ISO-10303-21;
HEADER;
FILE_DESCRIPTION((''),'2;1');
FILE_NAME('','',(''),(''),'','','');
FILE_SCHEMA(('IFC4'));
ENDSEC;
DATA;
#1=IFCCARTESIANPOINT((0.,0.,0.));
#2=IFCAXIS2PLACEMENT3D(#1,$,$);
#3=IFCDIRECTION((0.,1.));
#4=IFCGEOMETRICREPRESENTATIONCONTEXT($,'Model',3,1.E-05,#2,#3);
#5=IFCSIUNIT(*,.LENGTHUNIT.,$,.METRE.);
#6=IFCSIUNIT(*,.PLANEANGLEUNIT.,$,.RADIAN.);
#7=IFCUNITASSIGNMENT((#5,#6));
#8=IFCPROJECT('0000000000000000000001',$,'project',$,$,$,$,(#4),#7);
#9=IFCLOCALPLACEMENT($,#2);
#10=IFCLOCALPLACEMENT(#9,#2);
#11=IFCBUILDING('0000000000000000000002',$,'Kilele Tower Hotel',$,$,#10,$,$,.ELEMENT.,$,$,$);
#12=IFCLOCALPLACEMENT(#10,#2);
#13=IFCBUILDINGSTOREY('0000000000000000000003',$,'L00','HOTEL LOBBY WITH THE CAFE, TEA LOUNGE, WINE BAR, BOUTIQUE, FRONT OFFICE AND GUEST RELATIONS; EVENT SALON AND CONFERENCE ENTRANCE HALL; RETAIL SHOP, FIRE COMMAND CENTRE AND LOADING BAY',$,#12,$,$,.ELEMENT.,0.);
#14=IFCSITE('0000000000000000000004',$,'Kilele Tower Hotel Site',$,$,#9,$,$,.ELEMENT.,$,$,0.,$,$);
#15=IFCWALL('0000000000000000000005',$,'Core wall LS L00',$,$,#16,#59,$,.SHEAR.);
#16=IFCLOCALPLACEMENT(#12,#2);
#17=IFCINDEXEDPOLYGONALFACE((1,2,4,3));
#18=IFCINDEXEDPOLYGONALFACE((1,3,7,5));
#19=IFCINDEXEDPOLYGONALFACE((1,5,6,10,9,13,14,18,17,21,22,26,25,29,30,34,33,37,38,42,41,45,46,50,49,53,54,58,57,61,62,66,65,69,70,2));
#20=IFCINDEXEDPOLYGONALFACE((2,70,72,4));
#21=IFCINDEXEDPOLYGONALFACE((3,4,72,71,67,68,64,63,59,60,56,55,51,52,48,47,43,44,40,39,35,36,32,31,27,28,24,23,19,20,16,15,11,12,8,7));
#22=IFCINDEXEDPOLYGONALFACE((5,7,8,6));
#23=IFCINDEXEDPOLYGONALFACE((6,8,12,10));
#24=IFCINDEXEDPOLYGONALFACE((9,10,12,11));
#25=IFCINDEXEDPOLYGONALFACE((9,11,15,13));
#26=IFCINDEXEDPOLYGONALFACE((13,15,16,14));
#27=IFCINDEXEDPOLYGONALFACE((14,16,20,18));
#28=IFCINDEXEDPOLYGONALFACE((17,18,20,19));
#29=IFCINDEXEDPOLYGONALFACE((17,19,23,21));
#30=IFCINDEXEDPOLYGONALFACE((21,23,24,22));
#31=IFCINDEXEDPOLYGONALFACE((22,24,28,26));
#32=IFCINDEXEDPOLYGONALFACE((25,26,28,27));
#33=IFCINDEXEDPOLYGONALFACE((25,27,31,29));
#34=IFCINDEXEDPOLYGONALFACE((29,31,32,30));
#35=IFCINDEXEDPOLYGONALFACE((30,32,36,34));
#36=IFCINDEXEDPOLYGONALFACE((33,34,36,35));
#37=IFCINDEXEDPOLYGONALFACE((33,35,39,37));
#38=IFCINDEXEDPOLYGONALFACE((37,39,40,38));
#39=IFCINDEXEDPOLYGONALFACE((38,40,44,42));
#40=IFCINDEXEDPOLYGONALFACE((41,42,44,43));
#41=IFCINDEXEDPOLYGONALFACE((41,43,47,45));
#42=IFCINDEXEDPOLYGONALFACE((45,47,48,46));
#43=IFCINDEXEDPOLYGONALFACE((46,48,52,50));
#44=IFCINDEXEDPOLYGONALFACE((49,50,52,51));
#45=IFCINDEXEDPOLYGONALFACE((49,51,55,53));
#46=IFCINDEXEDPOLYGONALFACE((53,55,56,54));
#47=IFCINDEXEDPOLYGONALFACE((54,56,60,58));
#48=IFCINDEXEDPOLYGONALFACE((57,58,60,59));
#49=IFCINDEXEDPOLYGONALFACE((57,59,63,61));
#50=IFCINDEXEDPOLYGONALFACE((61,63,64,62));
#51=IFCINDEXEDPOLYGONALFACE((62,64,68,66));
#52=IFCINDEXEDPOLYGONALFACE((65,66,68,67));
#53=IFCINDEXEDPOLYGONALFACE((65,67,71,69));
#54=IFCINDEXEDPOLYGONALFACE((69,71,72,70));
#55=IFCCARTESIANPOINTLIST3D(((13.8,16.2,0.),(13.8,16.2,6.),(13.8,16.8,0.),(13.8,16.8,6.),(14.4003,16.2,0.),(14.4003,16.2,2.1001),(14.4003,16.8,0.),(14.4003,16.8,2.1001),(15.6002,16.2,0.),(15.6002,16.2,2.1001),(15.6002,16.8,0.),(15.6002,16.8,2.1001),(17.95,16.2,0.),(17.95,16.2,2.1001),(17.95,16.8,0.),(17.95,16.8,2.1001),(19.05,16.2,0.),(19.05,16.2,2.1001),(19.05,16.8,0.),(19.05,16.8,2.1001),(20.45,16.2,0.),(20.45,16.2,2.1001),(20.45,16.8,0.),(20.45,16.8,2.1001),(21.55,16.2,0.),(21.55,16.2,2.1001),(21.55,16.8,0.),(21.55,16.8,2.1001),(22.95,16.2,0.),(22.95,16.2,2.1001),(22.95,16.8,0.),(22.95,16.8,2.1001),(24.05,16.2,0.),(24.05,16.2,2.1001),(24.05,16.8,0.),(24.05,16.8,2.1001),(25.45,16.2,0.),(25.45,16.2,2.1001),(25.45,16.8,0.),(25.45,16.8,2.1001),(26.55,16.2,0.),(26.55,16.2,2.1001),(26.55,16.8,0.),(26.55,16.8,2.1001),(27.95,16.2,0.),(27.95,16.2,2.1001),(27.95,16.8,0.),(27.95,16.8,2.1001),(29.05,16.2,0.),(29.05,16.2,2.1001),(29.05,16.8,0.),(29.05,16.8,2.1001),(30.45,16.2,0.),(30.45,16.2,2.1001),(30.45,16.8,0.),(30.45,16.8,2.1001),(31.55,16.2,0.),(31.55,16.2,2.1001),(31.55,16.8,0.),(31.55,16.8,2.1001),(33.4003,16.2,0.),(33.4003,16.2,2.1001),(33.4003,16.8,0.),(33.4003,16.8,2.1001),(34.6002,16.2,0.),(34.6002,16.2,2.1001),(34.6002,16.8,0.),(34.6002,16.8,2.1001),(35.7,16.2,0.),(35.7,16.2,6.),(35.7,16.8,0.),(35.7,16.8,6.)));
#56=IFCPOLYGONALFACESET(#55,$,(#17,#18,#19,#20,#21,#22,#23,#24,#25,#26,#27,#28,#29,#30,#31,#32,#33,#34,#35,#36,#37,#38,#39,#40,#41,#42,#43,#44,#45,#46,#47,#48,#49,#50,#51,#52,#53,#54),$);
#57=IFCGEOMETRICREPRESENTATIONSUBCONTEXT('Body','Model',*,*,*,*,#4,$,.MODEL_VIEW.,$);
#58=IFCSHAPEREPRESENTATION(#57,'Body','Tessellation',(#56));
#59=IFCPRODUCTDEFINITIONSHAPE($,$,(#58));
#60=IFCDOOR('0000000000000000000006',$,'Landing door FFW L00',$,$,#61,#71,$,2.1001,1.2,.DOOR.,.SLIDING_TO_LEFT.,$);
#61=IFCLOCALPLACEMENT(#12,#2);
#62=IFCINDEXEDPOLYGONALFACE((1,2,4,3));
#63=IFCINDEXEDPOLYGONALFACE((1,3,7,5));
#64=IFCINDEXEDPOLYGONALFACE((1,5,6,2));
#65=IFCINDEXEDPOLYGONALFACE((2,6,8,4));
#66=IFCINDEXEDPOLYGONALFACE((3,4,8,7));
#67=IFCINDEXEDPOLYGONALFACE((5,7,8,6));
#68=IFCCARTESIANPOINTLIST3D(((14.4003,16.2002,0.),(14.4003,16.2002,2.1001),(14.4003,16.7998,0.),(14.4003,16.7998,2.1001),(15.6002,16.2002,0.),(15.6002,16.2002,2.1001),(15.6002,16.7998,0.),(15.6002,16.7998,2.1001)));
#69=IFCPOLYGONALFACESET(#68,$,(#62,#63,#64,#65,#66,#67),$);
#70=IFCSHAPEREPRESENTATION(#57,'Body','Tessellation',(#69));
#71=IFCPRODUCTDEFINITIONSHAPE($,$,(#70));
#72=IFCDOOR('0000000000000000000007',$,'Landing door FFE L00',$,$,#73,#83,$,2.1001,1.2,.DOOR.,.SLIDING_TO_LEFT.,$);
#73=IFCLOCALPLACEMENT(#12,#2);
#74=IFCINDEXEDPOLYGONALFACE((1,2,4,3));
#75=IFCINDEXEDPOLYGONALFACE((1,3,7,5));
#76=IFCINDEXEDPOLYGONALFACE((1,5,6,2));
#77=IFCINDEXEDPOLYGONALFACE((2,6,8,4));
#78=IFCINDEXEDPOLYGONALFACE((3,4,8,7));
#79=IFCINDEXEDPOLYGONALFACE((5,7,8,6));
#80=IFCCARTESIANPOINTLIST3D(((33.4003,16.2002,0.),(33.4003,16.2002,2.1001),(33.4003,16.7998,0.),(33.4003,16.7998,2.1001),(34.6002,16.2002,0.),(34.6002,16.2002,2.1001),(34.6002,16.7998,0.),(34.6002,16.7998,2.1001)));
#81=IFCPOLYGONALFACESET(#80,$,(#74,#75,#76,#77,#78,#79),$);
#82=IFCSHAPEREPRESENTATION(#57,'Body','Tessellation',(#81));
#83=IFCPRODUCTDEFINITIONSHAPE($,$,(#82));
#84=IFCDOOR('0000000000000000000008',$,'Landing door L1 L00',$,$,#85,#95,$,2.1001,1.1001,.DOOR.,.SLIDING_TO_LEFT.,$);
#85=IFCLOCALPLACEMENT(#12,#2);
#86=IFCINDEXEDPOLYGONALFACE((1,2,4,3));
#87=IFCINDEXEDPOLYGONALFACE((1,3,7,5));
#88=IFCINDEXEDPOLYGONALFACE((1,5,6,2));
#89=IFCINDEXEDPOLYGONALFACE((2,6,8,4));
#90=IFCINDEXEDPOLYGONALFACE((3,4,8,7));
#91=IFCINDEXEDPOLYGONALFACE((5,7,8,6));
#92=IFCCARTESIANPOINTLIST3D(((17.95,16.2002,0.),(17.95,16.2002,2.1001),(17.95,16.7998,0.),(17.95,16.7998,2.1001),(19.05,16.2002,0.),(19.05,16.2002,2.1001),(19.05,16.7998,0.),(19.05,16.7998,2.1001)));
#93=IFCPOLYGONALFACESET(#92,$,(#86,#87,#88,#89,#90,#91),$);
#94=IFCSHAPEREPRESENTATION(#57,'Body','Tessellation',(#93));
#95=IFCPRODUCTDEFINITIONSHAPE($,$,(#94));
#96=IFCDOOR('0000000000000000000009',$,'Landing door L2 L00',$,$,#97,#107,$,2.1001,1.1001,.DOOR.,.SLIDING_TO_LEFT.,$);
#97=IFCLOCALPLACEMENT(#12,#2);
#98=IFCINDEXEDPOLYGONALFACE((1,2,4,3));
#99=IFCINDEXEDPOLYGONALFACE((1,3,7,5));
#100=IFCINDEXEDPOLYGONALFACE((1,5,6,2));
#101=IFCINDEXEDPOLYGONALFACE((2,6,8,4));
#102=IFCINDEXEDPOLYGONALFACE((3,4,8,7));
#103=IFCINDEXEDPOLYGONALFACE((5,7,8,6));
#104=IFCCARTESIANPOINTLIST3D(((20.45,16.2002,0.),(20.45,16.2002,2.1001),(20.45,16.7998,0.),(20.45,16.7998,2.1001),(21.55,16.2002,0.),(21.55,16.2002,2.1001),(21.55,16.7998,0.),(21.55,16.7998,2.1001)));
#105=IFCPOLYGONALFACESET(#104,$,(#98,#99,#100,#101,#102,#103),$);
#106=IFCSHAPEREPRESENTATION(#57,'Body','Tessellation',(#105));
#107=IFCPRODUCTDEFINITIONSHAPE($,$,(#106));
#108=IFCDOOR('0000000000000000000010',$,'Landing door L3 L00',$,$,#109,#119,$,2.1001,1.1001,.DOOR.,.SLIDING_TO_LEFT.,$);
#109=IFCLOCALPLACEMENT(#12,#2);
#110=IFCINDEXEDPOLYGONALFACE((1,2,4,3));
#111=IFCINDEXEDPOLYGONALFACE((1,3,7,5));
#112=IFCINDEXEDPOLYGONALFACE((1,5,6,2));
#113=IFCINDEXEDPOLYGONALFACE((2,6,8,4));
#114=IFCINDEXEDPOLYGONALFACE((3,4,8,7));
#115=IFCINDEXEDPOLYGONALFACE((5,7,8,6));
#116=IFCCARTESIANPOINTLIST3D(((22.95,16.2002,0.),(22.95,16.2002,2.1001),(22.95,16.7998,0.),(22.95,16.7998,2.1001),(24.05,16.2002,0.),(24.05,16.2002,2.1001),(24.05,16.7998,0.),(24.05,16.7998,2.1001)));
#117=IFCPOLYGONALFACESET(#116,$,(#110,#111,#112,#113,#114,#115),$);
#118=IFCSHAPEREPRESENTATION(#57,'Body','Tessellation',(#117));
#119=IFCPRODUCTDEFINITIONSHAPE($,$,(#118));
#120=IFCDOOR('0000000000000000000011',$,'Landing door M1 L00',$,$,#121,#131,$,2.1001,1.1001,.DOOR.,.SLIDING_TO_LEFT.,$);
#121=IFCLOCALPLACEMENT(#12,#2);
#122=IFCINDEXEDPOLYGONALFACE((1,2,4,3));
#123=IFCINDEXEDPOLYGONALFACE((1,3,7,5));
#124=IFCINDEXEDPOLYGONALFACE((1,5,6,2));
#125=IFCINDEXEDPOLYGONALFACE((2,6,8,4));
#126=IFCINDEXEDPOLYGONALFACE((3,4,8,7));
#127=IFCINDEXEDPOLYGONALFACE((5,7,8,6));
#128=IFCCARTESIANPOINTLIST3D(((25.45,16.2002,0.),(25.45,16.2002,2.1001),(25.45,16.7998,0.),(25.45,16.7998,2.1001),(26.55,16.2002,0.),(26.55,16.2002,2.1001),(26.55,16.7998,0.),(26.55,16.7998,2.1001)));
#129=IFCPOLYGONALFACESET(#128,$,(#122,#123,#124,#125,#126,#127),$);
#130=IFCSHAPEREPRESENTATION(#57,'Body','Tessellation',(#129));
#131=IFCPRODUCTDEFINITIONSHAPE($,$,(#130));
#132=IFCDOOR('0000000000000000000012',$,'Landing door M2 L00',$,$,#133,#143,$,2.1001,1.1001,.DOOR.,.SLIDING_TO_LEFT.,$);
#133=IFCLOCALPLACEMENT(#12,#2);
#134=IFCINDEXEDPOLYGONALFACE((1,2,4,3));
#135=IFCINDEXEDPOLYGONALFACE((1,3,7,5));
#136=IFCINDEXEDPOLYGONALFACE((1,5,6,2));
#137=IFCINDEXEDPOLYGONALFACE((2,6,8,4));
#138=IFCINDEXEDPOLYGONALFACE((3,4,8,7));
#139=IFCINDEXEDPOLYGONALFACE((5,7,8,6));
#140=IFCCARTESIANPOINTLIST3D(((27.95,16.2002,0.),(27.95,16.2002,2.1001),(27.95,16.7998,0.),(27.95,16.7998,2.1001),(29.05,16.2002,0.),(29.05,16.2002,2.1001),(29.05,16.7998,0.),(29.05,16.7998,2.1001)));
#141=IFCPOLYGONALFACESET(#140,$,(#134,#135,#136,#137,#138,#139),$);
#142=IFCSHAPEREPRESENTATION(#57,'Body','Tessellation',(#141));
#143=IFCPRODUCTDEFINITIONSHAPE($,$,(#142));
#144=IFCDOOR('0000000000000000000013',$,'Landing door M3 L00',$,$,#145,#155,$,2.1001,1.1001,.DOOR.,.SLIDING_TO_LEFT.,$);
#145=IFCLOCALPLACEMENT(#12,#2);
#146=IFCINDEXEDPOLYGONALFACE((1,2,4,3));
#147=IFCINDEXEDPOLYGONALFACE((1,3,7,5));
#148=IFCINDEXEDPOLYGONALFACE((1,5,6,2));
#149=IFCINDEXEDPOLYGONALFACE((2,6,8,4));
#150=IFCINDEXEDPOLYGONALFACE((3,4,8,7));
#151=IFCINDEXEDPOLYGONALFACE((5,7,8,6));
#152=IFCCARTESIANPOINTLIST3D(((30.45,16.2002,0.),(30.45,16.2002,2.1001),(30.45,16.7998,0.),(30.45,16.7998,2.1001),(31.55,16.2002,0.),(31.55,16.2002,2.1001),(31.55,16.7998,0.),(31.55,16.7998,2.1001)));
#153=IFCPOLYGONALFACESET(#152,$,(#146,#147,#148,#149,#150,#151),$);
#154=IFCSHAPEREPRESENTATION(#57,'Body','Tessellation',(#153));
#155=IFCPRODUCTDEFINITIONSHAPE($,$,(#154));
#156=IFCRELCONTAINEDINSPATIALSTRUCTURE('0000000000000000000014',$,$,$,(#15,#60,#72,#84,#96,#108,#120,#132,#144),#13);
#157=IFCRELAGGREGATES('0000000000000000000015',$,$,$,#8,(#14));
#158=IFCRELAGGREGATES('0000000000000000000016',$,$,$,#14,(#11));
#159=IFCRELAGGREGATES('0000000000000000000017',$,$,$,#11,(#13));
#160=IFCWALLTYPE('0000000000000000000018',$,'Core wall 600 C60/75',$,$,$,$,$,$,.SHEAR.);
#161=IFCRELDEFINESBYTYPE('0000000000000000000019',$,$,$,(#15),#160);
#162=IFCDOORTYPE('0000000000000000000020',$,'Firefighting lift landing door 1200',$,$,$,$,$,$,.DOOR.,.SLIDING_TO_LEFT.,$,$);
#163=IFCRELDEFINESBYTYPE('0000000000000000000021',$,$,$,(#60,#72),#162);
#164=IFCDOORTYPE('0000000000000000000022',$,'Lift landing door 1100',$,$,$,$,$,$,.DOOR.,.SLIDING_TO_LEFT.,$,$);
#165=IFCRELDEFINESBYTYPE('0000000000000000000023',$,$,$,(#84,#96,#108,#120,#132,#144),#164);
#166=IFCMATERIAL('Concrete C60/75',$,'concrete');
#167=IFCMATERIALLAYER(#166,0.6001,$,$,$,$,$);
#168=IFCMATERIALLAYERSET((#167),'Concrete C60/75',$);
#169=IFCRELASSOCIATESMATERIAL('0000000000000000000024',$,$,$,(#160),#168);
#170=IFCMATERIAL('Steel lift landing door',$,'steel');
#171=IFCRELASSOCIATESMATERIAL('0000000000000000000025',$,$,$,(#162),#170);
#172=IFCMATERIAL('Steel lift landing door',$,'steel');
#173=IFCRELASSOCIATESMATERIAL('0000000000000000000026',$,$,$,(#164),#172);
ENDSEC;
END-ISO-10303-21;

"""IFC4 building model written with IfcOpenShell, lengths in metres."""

from ifc_helpers import new_model, si_unit, direction, frame, frame_2d, origin, place, context, subcontext, project, spatial, rectangle, extrude, material, layer, layer_set, type_object, element, fill, save


model = new_model("IFC4")

# Units and contexts
model_context = context("Model", 3, precision=1e-05, world=origin(), true_north=direction((0.0, 1.0)))
body_context = subcontext(model_context, "Body", "Model", "MODEL_VIEW")
ifc_project = project(units=[si_unit("LENGTHUNIT", "METRE"), si_unit("PLANEANGLEUNIT", "RADIAN")], contexts=[model_context])

# Site, building, storey
site_placement = place(None, origin())
site = spatial("IfcSite", under=ifc_project, at=site_placement, Name="Kilele Tower Hotel Site", CompositionType="ELEMENT", RefElevation=0.0)
building_placement = place(site_placement, origin())
building = spatial("IfcBuilding", under=site, at=building_placement, Name="Kilele Tower Hotel", CompositionType="ELEMENT")
storey_placement = place(building_placement, origin())
storey = spatial("IfcBuildingStorey", under=building, at=storey_placement, Name="L00", Description="HOTEL LOBBY WITH THE CAFE, TEA LOUNGE, WINE BAR, BOUTIQUE, FRONT OFFICE AND GUEST RELATIONS; EVENT SALON AND CONFERENCE ENTRANCE HALL; RETAIL SHOP, FIRE COMMAND CENTRE AND LOADING BAY", CompositionType="ELEMENT", Elevation=0.0)

# Shared definitions
ifc_material_1 = material(Name="Concrete C60/75", Category="concrete")
ifc_layer_1 = layer(ifc_material_1, 0.6001)
ifc_layer_set_1 = layer_set([ifc_layer_1], Name="Concrete C60/75")
wall_type_1 = type_object("IfcWallType", Name="Core wall 600 C60/75", PredefinedType="SHEAR", material=ifc_layer_set_1)

# Wall, openings, doors
wall_1_placement = place(storey_placement, frame((13.8, 16.5, 0.0), z_axis=(0.0, 0.0, 1.0), x_axis=(1.0, 0.0, 0.0)))
wall_1 = element("IfcWall", 1, at=wall_1_placement, inside=storey, type_object=wall_type_1, Name="Core wall LS L00", PredefinedType="SHEAR", context=body_context, shape_type="SweptSolid", body=[
    extrude(rectangle(XDim=21.8999, YDim=0.6001, at=frame_2d((10.95, 0.0))), origin(), (0.0, 0.0, 1.0), 6.0),
])
opening_1_placement = place(wall_1_placement, frame((4.1499, 0.0, 0.0)))
opening_1 = element("IfcOpeningElement", 2, at=opening_1_placement, cuts=wall_1, PredefinedType="OPENING", context=body_context, shape_type="SweptSolid", body=[
    extrude(rectangle(XDim=1.1001, YDim=2.1001, at=frame_2d((0.55, 1.05))), frame((0.0, 0.3101, 0.0), z_axis=(0.0, -1.0, 0.0), x_axis=(1.0, 0.0, 0.0)), (0.0, 0.0, 1.0), 0.6201),
])
opening_2_placement = place(wall_1_placement, frame((6.6499, 0.0, 0.0)))
opening_2 = element("IfcOpeningElement", 3, at=opening_2_placement, cuts=wall_1, PredefinedType="OPENING", context=body_context, shape_type="SweptSolid", body=[
    extrude(rectangle(XDim=1.1001, YDim=2.1001, at=frame_2d((0.55, 1.05))), frame((0.0, 0.3101, 0.0), z_axis=(0.0, -1.0, 0.0), x_axis=(1.0, 0.0, 0.0)), (0.0, 0.0, 1.0), 0.6201),
])
opening_3_placement = place(wall_1_placement, frame((9.1499, 0.0, 0.0)))
opening_3 = element("IfcOpeningElement", 4, at=opening_3_placement, cuts=wall_1, PredefinedType="OPENING", context=body_context, shape_type="SweptSolid", body=[
    extrude(rectangle(XDim=1.1001, YDim=2.1001, at=frame_2d((0.55, 1.05))), frame((0.0, 0.3101, 0.0), z_axis=(0.0, -1.0, 0.0), x_axis=(1.0, 0.0, 0.0)), (0.0, 0.0, 1.0), 0.6201),
])
opening_4_placement = place(wall_1_placement, frame((11.6499, 0.0, 0.0)))
opening_4 = element("IfcOpeningElement", 5, at=opening_4_placement, cuts=wall_1, PredefinedType="OPENING", context=body_context, shape_type="SweptSolid", body=[
    extrude(rectangle(XDim=1.1001, YDim=2.1001, at=frame_2d((0.55, 1.05))), frame((0.0, 0.3101, 0.0), z_axis=(0.0, -1.0, 0.0), x_axis=(1.0, 0.0, 0.0)), (0.0, 0.0, 1.0), 0.6201),
])
opening_5_placement = place(wall_1_placement, frame((14.1499, 0.0, 0.0)))
opening_5 = element("IfcOpeningElement", 6, at=opening_5_placement, cuts=wall_1, PredefinedType="OPENING", context=body_context, shape_type="SweptSolid", body=[
    extrude(rectangle(XDim=1.1001, YDim=2.1001, at=frame_2d((0.55, 1.05))), frame((0.0, 0.3101, 0.0), z_axis=(0.0, -1.0, 0.0), x_axis=(1.0, 0.0, 0.0)), (0.0, 0.0, 1.0), 0.6201),
])
opening_6_placement = place(wall_1_placement, frame((16.6499, 0.0, 0.0)))
opening_6 = element("IfcOpeningElement", 7, at=opening_6_placement, cuts=wall_1, PredefinedType="OPENING", context=body_context, shape_type="SweptSolid", body=[
    extrude(rectangle(XDim=1.1001, YDim=2.1001, at=frame_2d((0.55, 1.05))), frame((0.0, 0.3101, 0.0), z_axis=(0.0, -1.0, 0.0), x_axis=(1.0, 0.0, 0.0)), (0.0, 0.0, 1.0), 0.6201),
])
opening_7_placement = place(wall_1_placement, frame((0.6001, 0.0, 0.0)))
opening_7 = element("IfcOpeningElement", 8, at=opening_7_placement, cuts=wall_1, PredefinedType="OPENING", context=body_context, shape_type="SweptSolid", body=[
    extrude(rectangle(XDim=1.2, YDim=2.1001, at=frame_2d((0.6001, 1.05))), frame((0.0, 0.3101, 0.0), z_axis=(0.0, -1.0, 0.0), x_axis=(1.0, 0.0, 0.0)), (0.0, 0.0, 1.0), 0.6201),
])
opening_8_placement = place(wall_1_placement, frame((19.6001, 0.0, 0.0)))
opening_8 = element("IfcOpeningElement", 9, at=opening_8_placement, cuts=wall_1, PredefinedType="OPENING", context=body_context, shape_type="SweptSolid", body=[
    extrude(rectangle(XDim=1.2, YDim=2.1001, at=frame_2d((0.6001, 1.05))), frame((0.0, 0.3101, 0.0), z_axis=(0.0, -1.0, 0.0), x_axis=(1.0, 0.0, 0.0)), (0.0, 0.0, 1.0), 0.6201),
])
ifc_material_2 = material(Name="Steel lift landing door", Category="steel")
door_type_1 = type_object("IfcDoorType", Name="Firefighting lift landing door 1200", OperationType="SLIDING_TO_LEFT", PredefinedType="DOOR", material=ifc_material_2)
door_1_placement = place(opening_7_placement, origin())
door_1 = element("IfcDoor", 10, at=door_1_placement, inside=storey, type_object=door_type_1, Name="Landing door FFW L00", OperationType="SLIDING_TO_LEFT", OverallHeight=2.1001, OverallWidth=1.2, PredefinedType="DOOR", context=body_context, shape_type="SweptSolid", body=[
    extrude(rectangle(XDim=1.2, YDim=2.1001, at=frame_2d((0.6001, 1.05))), frame((0.0, 0.2998, 0.0), z_axis=(0.0, -1.0, 0.0), x_axis=(1.0, 0.0, 0.0)), (0.0, 0.0, 1.0), 0.5996),
])
fill(opening_7, door_1)
door_2_placement = place(opening_8_placement, origin())
door_2 = element("IfcDoor", 11, at=door_2_placement, inside=storey, type_object=door_type_1, Name="Landing door FFE L00", OperationType="SLIDING_TO_LEFT", OverallHeight=2.1001, OverallWidth=1.2, PredefinedType="DOOR", context=body_context, shape_type="SweptSolid", body=[
    extrude(rectangle(XDim=1.2, YDim=2.1001, at=frame_2d((0.6001, 1.05))), frame((0.0, 0.2998, 0.0), z_axis=(0.0, -1.0, 0.0), x_axis=(1.0, 0.0, 0.0)), (0.0, 0.0, 1.0), 0.5996),
])
fill(opening_8, door_2)
ifc_material_3 = material(Name="Steel lift landing door", Category="steel")
door_type_2 = type_object("IfcDoorType", Name="Lift landing door 1100", OperationType="SLIDING_TO_LEFT", PredefinedType="DOOR", material=ifc_material_3)
door_3_placement = place(opening_1_placement, origin())
door_3 = element("IfcDoor", 12, at=door_3_placement, inside=storey, type_object=door_type_2, Name="Landing door L1 L00", OperationType="SLIDING_TO_LEFT", OverallHeight=2.1001, OverallWidth=1.1001, PredefinedType="DOOR", context=body_context, shape_type="SweptSolid", body=[
    extrude(rectangle(XDim=1.1001, YDim=2.1001, at=frame_2d((0.55, 1.05))), frame((0.0, 0.2998, 0.0), z_axis=(0.0, -1.0, 0.0), x_axis=(1.0, 0.0, 0.0)), (0.0, 0.0, 1.0), 0.5996),
])
fill(opening_1, door_3)
door_4_placement = place(opening_2_placement, origin())
door_4 = element("IfcDoor", 13, at=door_4_placement, inside=storey, type_object=door_type_2, Name="Landing door L2 L00", OperationType="SLIDING_TO_LEFT", OverallHeight=2.1001, OverallWidth=1.1001, PredefinedType="DOOR", context=body_context, shape_type="SweptSolid", body=[
    extrude(rectangle(XDim=1.1001, YDim=2.1001, at=frame_2d((0.55, 1.05))), frame((0.0, 0.2998, 0.0), z_axis=(0.0, -1.0, 0.0), x_axis=(1.0, 0.0, 0.0)), (0.0, 0.0, 1.0), 0.5996),
])
fill(opening_2, door_4)
door_5_placement = place(opening_3_placement, origin())
door_5 = element("IfcDoor", 14, at=door_5_placement, inside=storey, type_object=door_type_2, Name="Landing door L3 L00", OperationType="SLIDING_TO_LEFT", OverallHeight=2.1001, OverallWidth=1.1001, PredefinedType="DOOR", context=body_context, shape_type="SweptSolid", body=[
    extrude(rectangle(XDim=1.1001, YDim=2.1001, at=frame_2d((0.55, 1.05))), frame((0.0, 0.2998, 0.0), z_axis=(0.0, -1.0, 0.0), x_axis=(1.0, 0.0, 0.0)), (0.0, 0.0, 1.0), 0.5996),
])
fill(opening_3, door_5)
door_6_placement = place(opening_4_placement, origin())
door_6 = element("IfcDoor", 15, at=door_6_placement, inside=storey, type_object=door_type_2, Name="Landing door M1 L00", OperationType="SLIDING_TO_LEFT", OverallHeight=2.1001, OverallWidth=1.1001, PredefinedType="DOOR", context=body_context, shape_type="SweptSolid", body=[
    extrude(rectangle(XDim=1.1001, YDim=2.1001, at=frame_2d((0.55, 1.05))), frame((0.0, 0.2998, 0.0), z_axis=(0.0, -1.0, 0.0), x_axis=(1.0, 0.0, 0.0)), (0.0, 0.0, 1.0), 0.5996),
])
fill(opening_4, door_6)
door_7_placement = place(opening_5_placement, origin())
door_7 = element("IfcDoor", 16, at=door_7_placement, inside=storey, type_object=door_type_2, Name="Landing door M2 L00", OperationType="SLIDING_TO_LEFT", OverallHeight=2.1001, OverallWidth=1.1001, PredefinedType="DOOR", context=body_context, shape_type="SweptSolid", body=[
    extrude(rectangle(XDim=1.1001, YDim=2.1001, at=frame_2d((0.55, 1.05))), frame((0.0, 0.2998, 0.0), z_axis=(0.0, -1.0, 0.0), x_axis=(1.0, 0.0, 0.0)), (0.0, 0.0, 1.0), 0.5996),
])
fill(opening_5, door_7)
door_8_placement = place(opening_6_placement, origin())
door_8 = element("IfcDoor", 17, at=door_8_placement, inside=storey, type_object=door_type_2, Name="Landing door M3 L00", OperationType="SLIDING_TO_LEFT", OverallHeight=2.1001, OverallWidth=1.1001, PredefinedType="DOOR", context=body_context, shape_type="SweptSolid", body=[
    extrude(rectangle(XDim=1.1001, YDim=2.1001, at=frame_2d((0.55, 1.05))), frame((0.0, 0.2998, 0.0), z_axis=(0.0, -1.0, 0.0), x_axis=(1.0, 0.0, 0.0)), (0.0, 0.0, 1.0), 0.5996),
])
fill(opening_6, door_8)

save(model, "model.ifc")
